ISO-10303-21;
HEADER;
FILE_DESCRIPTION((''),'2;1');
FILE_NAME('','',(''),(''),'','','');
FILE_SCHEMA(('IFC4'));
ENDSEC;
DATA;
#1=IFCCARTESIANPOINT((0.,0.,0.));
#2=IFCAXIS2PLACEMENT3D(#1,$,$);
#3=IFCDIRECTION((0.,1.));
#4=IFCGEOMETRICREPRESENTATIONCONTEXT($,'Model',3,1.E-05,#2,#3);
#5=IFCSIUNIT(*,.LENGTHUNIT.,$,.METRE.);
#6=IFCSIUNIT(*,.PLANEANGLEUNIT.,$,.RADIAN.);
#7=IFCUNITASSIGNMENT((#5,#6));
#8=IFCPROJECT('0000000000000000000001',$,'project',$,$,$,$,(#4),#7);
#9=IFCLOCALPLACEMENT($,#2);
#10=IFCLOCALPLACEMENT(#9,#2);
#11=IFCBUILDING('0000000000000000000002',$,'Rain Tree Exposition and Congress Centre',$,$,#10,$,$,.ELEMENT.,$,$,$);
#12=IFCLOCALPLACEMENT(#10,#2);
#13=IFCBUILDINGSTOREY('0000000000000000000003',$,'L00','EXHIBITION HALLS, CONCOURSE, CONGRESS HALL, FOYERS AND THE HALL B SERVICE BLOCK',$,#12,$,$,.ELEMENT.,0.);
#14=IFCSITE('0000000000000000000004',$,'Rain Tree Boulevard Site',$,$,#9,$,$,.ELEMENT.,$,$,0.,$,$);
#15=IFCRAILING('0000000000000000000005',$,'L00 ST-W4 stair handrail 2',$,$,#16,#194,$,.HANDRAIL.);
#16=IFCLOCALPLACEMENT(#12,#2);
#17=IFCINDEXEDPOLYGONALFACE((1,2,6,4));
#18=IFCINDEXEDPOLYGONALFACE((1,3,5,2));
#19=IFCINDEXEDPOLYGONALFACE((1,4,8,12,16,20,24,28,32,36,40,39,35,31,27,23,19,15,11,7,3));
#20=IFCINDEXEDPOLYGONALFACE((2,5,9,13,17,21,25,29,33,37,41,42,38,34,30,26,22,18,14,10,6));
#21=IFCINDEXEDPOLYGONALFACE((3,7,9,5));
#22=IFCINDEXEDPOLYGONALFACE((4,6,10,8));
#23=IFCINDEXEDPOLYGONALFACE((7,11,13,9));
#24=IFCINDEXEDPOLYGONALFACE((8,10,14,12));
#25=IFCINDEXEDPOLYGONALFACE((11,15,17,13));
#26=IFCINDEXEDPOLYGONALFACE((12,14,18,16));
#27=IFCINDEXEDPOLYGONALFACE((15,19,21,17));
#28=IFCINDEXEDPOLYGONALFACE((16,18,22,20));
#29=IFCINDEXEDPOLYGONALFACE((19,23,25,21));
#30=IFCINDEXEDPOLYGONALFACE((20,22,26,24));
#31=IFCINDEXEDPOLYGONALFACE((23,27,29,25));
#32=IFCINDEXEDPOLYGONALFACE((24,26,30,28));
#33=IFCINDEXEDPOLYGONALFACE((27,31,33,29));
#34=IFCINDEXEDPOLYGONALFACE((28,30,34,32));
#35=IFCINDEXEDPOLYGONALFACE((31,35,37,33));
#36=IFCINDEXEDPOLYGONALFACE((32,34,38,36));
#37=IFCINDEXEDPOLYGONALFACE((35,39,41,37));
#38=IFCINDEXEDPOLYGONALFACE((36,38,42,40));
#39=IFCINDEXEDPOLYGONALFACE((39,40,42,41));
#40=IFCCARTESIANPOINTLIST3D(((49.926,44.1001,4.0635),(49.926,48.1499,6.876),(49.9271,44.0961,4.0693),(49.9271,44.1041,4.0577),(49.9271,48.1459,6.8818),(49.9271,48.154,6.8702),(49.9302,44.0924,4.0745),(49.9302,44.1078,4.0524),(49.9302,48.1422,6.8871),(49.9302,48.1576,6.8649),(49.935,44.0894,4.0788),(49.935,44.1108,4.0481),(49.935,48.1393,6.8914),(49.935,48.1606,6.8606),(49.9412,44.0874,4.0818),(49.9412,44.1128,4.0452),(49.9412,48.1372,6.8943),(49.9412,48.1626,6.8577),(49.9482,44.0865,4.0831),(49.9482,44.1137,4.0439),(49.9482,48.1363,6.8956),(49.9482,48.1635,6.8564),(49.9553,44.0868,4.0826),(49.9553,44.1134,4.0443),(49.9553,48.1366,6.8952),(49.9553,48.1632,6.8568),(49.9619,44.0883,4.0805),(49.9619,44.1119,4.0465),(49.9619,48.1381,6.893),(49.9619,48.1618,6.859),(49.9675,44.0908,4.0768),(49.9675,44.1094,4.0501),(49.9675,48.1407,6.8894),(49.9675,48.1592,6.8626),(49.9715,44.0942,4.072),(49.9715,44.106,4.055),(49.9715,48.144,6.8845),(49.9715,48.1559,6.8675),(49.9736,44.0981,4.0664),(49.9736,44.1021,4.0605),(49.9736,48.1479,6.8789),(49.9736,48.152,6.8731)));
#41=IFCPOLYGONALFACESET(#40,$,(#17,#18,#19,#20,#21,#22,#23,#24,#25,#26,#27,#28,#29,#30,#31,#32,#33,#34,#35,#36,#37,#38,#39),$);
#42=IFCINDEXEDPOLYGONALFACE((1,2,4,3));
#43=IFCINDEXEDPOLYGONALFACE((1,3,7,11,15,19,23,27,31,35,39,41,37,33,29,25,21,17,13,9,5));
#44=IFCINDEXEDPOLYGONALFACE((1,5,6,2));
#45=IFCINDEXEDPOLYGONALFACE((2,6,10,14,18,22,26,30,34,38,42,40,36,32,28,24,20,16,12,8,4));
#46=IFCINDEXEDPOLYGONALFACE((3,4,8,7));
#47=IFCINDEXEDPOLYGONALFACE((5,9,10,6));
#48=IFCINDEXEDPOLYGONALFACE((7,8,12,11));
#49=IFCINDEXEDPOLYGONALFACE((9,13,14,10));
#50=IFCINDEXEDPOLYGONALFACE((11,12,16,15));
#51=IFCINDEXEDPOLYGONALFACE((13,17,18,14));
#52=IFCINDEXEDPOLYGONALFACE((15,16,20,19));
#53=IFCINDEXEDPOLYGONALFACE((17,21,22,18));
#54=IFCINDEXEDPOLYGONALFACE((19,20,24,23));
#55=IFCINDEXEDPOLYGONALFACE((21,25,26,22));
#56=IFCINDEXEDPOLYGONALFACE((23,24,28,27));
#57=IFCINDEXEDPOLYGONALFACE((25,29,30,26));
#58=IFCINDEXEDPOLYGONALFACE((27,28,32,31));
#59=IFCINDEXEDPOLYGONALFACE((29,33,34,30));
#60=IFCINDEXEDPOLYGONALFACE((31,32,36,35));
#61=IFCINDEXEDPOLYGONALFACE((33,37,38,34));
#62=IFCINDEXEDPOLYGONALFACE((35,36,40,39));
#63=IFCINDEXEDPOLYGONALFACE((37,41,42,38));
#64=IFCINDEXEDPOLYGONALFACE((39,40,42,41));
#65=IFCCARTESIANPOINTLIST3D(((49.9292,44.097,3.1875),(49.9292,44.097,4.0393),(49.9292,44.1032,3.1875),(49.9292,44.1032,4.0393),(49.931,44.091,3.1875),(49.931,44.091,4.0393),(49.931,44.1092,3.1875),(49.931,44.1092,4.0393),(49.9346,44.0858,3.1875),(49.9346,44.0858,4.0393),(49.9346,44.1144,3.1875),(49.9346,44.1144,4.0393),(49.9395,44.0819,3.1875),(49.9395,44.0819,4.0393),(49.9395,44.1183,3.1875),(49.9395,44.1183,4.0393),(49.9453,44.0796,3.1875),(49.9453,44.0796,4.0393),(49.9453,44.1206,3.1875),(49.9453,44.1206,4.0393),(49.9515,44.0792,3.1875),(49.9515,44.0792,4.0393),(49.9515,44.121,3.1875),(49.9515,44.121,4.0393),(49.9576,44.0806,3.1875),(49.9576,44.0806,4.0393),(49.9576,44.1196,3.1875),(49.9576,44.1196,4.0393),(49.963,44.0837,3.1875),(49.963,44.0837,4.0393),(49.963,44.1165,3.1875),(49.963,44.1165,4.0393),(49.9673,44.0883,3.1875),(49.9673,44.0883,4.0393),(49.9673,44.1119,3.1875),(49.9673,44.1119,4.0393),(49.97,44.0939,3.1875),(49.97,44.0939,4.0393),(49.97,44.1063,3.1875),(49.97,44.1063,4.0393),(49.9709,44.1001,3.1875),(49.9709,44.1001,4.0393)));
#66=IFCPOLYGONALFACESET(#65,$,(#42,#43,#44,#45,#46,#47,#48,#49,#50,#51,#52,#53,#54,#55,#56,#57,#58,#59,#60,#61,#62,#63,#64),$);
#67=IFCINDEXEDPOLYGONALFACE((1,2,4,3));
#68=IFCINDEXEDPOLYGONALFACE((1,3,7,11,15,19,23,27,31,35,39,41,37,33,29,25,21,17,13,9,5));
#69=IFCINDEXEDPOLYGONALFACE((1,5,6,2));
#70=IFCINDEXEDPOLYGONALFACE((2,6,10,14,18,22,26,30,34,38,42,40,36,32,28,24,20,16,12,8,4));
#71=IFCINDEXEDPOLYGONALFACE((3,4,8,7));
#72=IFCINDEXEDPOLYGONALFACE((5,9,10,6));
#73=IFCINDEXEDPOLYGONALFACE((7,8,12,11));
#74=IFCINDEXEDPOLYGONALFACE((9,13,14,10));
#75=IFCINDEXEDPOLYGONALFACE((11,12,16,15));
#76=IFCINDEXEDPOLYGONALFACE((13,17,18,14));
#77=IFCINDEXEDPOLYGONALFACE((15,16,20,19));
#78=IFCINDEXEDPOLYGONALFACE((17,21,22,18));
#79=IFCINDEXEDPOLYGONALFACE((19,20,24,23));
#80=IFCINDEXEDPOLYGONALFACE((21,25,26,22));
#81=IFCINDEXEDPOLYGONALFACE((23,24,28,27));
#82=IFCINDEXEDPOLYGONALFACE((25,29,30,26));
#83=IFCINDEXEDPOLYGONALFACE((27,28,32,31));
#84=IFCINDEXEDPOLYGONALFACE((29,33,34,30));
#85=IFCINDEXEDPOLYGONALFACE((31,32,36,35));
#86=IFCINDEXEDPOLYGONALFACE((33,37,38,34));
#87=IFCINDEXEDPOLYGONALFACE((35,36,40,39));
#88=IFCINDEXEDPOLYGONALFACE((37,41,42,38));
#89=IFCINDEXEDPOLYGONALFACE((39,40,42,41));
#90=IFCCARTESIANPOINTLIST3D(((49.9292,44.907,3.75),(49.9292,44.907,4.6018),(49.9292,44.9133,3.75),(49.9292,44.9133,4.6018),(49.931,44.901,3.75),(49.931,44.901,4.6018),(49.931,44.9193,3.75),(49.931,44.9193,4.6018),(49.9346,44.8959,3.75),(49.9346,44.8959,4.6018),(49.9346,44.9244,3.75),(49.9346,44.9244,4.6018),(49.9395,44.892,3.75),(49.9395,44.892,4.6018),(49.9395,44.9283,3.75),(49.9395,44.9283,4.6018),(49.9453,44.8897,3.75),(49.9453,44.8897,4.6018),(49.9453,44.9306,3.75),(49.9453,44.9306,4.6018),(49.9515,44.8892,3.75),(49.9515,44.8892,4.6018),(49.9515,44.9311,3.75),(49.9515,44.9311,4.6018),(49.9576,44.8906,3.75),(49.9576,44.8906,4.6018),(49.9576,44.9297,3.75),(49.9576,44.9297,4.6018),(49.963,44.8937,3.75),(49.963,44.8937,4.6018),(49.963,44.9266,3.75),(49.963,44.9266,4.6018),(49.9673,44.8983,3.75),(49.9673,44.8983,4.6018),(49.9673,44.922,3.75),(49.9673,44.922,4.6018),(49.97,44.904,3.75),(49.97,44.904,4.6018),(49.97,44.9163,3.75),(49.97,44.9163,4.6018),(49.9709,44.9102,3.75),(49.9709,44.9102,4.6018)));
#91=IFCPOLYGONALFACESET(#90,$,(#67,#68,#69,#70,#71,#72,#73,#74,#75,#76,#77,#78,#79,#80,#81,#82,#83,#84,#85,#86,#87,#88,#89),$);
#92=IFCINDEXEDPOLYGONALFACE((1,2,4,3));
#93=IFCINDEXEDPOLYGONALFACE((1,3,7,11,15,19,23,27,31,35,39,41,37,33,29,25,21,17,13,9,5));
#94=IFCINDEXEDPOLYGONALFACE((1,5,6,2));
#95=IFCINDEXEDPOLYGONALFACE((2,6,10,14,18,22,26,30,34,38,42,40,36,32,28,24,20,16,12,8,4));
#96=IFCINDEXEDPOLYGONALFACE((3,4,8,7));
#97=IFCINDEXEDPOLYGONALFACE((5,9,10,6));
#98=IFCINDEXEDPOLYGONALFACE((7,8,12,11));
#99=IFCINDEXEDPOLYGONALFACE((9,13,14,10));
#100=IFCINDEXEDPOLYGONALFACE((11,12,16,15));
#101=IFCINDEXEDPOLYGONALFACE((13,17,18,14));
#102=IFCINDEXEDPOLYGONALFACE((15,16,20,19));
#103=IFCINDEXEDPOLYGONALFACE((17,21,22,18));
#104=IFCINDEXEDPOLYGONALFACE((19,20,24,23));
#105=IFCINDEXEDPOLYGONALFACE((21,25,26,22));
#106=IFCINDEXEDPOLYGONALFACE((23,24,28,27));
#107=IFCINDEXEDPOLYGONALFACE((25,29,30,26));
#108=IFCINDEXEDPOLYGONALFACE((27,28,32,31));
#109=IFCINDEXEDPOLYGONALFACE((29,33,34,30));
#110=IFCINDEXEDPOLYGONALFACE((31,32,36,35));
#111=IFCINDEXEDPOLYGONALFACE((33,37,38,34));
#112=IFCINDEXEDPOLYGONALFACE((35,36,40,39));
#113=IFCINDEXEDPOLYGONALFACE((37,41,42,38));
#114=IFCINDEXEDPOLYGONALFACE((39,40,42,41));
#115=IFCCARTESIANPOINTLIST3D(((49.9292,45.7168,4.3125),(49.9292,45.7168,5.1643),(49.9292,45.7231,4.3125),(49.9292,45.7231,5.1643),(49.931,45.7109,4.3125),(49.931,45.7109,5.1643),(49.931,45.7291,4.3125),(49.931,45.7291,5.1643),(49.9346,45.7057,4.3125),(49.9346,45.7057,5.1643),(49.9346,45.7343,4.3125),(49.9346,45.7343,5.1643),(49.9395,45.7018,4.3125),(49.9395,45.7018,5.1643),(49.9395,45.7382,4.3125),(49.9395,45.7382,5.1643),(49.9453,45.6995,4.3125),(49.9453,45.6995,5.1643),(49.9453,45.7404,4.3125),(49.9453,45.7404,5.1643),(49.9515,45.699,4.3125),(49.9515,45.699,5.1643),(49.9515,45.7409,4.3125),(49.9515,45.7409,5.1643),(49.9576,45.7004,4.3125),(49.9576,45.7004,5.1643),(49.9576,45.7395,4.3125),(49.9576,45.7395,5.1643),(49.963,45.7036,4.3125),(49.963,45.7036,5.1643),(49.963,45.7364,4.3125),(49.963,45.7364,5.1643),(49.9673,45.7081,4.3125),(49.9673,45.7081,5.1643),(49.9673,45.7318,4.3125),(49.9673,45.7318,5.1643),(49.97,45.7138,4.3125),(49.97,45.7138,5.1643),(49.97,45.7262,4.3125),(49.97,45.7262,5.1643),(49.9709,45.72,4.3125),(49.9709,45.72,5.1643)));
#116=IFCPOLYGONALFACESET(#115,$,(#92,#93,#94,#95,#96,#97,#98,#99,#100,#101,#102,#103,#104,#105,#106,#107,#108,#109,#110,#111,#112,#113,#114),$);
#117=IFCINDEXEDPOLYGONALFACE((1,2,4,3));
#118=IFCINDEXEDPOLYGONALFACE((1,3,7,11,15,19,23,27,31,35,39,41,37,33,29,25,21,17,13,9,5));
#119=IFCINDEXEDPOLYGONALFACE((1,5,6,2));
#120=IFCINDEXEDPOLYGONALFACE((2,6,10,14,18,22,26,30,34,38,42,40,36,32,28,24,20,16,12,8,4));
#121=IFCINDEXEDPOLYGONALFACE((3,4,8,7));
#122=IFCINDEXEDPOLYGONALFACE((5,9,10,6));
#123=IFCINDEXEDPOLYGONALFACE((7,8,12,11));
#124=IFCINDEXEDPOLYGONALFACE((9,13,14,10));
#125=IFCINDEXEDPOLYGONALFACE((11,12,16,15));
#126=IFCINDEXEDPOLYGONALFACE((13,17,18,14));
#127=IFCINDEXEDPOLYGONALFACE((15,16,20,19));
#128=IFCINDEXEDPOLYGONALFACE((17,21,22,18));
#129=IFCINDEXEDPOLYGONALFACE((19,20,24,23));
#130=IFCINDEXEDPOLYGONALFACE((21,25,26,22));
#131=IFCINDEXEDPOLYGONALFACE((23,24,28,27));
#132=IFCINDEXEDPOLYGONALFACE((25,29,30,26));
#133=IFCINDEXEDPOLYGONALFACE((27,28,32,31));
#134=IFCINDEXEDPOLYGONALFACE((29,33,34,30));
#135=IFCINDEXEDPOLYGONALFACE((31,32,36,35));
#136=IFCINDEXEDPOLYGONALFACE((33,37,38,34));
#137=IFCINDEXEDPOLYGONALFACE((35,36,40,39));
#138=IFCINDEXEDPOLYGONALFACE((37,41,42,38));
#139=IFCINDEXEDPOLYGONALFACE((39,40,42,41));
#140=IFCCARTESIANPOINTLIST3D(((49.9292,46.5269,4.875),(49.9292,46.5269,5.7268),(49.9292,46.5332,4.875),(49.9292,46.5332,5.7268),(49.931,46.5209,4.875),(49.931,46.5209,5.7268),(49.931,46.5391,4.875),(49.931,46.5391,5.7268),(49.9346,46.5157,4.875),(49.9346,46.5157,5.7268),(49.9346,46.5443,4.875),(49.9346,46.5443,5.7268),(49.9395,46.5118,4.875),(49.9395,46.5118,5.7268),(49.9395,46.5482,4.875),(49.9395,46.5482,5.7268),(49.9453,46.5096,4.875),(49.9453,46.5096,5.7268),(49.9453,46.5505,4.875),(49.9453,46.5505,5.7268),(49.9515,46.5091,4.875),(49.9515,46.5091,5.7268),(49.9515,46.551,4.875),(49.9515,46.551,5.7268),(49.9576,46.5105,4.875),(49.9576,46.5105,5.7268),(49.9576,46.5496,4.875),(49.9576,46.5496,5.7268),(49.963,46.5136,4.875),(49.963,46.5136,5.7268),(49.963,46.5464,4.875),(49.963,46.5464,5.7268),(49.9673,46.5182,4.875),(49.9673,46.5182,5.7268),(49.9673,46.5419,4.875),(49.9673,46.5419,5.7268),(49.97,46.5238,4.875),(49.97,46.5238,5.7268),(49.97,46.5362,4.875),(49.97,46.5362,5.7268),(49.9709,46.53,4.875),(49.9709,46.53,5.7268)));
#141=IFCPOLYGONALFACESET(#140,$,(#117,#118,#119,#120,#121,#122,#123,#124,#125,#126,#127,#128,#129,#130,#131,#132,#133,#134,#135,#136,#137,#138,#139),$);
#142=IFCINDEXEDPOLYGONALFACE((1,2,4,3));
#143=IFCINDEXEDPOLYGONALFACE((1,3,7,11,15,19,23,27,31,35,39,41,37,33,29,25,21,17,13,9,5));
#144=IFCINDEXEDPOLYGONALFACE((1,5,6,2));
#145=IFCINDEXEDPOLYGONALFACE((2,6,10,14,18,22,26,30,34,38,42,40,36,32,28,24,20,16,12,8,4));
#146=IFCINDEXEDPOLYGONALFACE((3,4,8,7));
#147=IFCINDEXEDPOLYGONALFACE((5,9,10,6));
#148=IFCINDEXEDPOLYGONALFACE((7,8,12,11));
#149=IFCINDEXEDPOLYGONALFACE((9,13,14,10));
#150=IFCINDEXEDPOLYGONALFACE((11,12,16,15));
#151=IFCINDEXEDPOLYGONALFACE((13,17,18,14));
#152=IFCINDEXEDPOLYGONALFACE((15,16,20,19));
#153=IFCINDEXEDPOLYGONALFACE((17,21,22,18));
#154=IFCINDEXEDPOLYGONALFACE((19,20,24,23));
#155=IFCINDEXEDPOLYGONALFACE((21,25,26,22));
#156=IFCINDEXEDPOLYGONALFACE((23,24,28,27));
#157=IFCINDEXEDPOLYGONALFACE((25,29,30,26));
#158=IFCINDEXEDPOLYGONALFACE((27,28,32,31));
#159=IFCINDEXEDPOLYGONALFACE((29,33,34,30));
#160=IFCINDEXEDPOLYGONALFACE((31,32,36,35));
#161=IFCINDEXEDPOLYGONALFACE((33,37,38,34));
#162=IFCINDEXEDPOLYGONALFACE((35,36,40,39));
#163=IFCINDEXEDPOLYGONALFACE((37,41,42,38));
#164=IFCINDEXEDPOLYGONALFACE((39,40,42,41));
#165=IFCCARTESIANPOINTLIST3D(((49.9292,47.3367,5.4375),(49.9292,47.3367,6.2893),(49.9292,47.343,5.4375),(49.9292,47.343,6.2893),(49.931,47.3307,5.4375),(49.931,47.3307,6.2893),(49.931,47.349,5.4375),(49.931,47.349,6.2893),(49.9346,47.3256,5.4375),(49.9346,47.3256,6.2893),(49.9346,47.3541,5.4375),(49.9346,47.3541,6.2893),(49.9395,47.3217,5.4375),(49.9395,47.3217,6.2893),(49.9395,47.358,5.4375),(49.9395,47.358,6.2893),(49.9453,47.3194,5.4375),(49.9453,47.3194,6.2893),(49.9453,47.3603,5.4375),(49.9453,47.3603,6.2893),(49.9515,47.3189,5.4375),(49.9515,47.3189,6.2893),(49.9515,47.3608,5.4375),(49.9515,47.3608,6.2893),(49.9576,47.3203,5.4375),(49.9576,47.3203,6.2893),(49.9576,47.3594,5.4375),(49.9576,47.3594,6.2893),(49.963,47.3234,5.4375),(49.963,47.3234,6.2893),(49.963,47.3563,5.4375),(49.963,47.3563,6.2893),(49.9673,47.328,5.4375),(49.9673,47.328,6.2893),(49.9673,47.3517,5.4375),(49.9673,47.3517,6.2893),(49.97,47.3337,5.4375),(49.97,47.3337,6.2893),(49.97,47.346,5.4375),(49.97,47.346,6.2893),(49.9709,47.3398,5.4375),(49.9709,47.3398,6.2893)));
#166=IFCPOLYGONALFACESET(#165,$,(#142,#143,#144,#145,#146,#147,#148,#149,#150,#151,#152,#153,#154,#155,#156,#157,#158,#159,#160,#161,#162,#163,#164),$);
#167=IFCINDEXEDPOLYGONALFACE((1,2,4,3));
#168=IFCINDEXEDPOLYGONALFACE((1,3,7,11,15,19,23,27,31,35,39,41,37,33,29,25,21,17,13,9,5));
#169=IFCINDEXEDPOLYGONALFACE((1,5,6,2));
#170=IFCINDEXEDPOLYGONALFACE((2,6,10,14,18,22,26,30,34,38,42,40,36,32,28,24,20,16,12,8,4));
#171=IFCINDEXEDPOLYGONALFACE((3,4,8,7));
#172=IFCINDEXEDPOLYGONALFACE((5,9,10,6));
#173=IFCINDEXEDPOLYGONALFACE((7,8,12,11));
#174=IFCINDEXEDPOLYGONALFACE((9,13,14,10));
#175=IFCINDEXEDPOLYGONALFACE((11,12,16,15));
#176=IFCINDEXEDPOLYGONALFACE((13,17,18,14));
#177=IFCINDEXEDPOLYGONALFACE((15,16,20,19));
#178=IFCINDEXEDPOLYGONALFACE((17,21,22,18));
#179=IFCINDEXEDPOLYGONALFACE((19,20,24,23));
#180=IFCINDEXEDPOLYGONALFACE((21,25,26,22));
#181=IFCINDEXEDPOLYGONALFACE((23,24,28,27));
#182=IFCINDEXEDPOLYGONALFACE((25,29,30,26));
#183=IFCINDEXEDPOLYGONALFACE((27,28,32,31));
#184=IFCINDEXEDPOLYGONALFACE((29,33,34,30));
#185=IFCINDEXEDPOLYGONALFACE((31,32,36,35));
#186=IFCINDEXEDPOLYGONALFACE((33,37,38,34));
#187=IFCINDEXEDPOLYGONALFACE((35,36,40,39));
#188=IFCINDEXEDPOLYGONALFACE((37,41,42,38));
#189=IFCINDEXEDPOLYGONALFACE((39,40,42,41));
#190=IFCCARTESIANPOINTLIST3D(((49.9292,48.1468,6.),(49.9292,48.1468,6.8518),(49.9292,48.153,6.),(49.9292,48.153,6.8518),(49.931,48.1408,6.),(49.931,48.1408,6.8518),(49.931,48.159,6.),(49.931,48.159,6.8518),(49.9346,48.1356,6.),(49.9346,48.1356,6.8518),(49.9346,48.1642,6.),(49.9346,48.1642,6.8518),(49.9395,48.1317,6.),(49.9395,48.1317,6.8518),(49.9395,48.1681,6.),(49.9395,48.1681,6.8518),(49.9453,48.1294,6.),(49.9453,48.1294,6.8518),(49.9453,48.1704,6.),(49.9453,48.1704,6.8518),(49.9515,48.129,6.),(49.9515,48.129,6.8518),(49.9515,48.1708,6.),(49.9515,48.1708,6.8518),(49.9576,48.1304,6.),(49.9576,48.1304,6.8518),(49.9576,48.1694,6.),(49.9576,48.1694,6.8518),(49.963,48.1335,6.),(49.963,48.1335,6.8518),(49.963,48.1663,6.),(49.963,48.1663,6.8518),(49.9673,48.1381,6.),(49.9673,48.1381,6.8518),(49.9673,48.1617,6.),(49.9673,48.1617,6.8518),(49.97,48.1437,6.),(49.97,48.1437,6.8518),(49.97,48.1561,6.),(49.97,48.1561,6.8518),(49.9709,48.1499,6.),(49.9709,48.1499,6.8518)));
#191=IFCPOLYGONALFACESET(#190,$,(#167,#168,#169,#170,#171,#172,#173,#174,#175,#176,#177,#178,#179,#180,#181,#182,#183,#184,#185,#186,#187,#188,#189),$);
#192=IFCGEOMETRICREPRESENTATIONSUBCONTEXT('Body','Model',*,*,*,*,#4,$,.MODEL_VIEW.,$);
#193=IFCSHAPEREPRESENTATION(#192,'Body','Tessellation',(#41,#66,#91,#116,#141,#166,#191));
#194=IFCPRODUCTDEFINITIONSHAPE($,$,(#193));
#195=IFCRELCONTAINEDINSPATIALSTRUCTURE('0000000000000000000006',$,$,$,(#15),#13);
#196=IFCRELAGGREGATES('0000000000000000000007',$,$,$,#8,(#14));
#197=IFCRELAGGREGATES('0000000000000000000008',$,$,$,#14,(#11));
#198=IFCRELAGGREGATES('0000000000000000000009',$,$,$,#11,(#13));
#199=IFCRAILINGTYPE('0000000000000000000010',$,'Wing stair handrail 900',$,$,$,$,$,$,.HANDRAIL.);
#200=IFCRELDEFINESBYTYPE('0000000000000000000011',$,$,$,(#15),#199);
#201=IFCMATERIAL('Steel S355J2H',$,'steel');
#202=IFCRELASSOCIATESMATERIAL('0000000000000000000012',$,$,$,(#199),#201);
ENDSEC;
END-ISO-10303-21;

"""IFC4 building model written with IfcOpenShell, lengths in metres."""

from ifc_helpers import new_model, si_unit, direction, frame, origin, origin_2d, place, context, subcontext, project, spatial, circle, extrude, material, type_object, element, save


model = new_model("IFC4")

# Units and contexts
model_context = context("Model", 3, precision=1e-05, world=origin(), true_north=direction((0.0, 1.0)))
body_context = subcontext(model_context, "Body", "Model", "MODEL_VIEW")
ifc_project = project(units=[si_unit("LENGTHUNIT", "METRE"), si_unit("PLANEANGLEUNIT", "RADIAN")], contexts=[model_context])

# Site, building, storey
site_placement = place(None, origin())
site = spatial("IfcSite", under=ifc_project, at=site_placement, Name="Rain Tree Boulevard Site", CompositionType="ELEMENT", RefElevation=0.0)
building_placement = place(site_placement, origin())
building = spatial("IfcBuilding", under=site, at=building_placement, Name="Rain Tree Exposition and Congress Centre", CompositionType="ELEMENT")
storey_placement = place(building_placement, origin())
storey = spatial("IfcBuildingStorey", under=building, at=storey_placement, Name="L00", Description="EXHIBITION HALLS, CONCOURSE, CONGRESS HALL, FOYERS AND THE HALL B SERVICE BLOCK", CompositionType="ELEMENT", Elevation=0.0)

# Railing
ifc_material_1 = material(Name="Steel S355J2H", Category="steel")
railing_type_1 = type_object("IfcRailingType", Name="Wing stair handrail 900", PredefinedType="HANDRAIL", material=ifc_material_1)
railing_1_placement = place(storey_placement, frame((49.95, 44.1001, 3.1875)))
element("IfcRailing", 1, at=railing_1_placement, inside=storey, type_object=railing_type_1, Name="L00 ST-W4 stair handrail 2", PredefinedType="HANDRAIL", context=body_context, shape_type="SweptSolid", body=[
    extrude(circle(Radius=0.0239, at=origin_2d()), frame((0.0, 0.0, 0.876), z_axis=(0.0, 0.821357, 0.570414), x_axis=(-1.0, 0.0, 0.0)), (0.0, 0.0, 1.0), 4.9307),
    extrude(circle(Radius=0.021, at=origin_2d()), origin(), (0.0, 0.0, 1.0), 0.8518),
    extrude(circle(Radius=0.021, at=origin_2d()), frame((0.0, 0.8101, 0.5625)), (0.0, 0.0, 1.0), 0.8518),
    extrude(circle(Radius=0.021, at=origin_2d()), frame((0.0, 1.6199, 1.125)), (0.0, 0.0, 1.0), 0.8518),
    extrude(circle(Radius=0.021, at=origin_2d()), frame((0.0, 2.4299, 1.6875)), (0.0, 0.0, 1.0), 0.8518),
    extrude(circle(Radius=0.021, at=origin_2d()), frame((0.0, 3.2397, 2.25)), (0.0, 0.0, 1.0), 0.8518),
    extrude(circle(Radius=0.021, at=origin_2d()), frame((0.0, 4.0498, 2.8125)), (0.0, 0.0, 1.0), 0.8518),
])

save(model, "model.ifc")
